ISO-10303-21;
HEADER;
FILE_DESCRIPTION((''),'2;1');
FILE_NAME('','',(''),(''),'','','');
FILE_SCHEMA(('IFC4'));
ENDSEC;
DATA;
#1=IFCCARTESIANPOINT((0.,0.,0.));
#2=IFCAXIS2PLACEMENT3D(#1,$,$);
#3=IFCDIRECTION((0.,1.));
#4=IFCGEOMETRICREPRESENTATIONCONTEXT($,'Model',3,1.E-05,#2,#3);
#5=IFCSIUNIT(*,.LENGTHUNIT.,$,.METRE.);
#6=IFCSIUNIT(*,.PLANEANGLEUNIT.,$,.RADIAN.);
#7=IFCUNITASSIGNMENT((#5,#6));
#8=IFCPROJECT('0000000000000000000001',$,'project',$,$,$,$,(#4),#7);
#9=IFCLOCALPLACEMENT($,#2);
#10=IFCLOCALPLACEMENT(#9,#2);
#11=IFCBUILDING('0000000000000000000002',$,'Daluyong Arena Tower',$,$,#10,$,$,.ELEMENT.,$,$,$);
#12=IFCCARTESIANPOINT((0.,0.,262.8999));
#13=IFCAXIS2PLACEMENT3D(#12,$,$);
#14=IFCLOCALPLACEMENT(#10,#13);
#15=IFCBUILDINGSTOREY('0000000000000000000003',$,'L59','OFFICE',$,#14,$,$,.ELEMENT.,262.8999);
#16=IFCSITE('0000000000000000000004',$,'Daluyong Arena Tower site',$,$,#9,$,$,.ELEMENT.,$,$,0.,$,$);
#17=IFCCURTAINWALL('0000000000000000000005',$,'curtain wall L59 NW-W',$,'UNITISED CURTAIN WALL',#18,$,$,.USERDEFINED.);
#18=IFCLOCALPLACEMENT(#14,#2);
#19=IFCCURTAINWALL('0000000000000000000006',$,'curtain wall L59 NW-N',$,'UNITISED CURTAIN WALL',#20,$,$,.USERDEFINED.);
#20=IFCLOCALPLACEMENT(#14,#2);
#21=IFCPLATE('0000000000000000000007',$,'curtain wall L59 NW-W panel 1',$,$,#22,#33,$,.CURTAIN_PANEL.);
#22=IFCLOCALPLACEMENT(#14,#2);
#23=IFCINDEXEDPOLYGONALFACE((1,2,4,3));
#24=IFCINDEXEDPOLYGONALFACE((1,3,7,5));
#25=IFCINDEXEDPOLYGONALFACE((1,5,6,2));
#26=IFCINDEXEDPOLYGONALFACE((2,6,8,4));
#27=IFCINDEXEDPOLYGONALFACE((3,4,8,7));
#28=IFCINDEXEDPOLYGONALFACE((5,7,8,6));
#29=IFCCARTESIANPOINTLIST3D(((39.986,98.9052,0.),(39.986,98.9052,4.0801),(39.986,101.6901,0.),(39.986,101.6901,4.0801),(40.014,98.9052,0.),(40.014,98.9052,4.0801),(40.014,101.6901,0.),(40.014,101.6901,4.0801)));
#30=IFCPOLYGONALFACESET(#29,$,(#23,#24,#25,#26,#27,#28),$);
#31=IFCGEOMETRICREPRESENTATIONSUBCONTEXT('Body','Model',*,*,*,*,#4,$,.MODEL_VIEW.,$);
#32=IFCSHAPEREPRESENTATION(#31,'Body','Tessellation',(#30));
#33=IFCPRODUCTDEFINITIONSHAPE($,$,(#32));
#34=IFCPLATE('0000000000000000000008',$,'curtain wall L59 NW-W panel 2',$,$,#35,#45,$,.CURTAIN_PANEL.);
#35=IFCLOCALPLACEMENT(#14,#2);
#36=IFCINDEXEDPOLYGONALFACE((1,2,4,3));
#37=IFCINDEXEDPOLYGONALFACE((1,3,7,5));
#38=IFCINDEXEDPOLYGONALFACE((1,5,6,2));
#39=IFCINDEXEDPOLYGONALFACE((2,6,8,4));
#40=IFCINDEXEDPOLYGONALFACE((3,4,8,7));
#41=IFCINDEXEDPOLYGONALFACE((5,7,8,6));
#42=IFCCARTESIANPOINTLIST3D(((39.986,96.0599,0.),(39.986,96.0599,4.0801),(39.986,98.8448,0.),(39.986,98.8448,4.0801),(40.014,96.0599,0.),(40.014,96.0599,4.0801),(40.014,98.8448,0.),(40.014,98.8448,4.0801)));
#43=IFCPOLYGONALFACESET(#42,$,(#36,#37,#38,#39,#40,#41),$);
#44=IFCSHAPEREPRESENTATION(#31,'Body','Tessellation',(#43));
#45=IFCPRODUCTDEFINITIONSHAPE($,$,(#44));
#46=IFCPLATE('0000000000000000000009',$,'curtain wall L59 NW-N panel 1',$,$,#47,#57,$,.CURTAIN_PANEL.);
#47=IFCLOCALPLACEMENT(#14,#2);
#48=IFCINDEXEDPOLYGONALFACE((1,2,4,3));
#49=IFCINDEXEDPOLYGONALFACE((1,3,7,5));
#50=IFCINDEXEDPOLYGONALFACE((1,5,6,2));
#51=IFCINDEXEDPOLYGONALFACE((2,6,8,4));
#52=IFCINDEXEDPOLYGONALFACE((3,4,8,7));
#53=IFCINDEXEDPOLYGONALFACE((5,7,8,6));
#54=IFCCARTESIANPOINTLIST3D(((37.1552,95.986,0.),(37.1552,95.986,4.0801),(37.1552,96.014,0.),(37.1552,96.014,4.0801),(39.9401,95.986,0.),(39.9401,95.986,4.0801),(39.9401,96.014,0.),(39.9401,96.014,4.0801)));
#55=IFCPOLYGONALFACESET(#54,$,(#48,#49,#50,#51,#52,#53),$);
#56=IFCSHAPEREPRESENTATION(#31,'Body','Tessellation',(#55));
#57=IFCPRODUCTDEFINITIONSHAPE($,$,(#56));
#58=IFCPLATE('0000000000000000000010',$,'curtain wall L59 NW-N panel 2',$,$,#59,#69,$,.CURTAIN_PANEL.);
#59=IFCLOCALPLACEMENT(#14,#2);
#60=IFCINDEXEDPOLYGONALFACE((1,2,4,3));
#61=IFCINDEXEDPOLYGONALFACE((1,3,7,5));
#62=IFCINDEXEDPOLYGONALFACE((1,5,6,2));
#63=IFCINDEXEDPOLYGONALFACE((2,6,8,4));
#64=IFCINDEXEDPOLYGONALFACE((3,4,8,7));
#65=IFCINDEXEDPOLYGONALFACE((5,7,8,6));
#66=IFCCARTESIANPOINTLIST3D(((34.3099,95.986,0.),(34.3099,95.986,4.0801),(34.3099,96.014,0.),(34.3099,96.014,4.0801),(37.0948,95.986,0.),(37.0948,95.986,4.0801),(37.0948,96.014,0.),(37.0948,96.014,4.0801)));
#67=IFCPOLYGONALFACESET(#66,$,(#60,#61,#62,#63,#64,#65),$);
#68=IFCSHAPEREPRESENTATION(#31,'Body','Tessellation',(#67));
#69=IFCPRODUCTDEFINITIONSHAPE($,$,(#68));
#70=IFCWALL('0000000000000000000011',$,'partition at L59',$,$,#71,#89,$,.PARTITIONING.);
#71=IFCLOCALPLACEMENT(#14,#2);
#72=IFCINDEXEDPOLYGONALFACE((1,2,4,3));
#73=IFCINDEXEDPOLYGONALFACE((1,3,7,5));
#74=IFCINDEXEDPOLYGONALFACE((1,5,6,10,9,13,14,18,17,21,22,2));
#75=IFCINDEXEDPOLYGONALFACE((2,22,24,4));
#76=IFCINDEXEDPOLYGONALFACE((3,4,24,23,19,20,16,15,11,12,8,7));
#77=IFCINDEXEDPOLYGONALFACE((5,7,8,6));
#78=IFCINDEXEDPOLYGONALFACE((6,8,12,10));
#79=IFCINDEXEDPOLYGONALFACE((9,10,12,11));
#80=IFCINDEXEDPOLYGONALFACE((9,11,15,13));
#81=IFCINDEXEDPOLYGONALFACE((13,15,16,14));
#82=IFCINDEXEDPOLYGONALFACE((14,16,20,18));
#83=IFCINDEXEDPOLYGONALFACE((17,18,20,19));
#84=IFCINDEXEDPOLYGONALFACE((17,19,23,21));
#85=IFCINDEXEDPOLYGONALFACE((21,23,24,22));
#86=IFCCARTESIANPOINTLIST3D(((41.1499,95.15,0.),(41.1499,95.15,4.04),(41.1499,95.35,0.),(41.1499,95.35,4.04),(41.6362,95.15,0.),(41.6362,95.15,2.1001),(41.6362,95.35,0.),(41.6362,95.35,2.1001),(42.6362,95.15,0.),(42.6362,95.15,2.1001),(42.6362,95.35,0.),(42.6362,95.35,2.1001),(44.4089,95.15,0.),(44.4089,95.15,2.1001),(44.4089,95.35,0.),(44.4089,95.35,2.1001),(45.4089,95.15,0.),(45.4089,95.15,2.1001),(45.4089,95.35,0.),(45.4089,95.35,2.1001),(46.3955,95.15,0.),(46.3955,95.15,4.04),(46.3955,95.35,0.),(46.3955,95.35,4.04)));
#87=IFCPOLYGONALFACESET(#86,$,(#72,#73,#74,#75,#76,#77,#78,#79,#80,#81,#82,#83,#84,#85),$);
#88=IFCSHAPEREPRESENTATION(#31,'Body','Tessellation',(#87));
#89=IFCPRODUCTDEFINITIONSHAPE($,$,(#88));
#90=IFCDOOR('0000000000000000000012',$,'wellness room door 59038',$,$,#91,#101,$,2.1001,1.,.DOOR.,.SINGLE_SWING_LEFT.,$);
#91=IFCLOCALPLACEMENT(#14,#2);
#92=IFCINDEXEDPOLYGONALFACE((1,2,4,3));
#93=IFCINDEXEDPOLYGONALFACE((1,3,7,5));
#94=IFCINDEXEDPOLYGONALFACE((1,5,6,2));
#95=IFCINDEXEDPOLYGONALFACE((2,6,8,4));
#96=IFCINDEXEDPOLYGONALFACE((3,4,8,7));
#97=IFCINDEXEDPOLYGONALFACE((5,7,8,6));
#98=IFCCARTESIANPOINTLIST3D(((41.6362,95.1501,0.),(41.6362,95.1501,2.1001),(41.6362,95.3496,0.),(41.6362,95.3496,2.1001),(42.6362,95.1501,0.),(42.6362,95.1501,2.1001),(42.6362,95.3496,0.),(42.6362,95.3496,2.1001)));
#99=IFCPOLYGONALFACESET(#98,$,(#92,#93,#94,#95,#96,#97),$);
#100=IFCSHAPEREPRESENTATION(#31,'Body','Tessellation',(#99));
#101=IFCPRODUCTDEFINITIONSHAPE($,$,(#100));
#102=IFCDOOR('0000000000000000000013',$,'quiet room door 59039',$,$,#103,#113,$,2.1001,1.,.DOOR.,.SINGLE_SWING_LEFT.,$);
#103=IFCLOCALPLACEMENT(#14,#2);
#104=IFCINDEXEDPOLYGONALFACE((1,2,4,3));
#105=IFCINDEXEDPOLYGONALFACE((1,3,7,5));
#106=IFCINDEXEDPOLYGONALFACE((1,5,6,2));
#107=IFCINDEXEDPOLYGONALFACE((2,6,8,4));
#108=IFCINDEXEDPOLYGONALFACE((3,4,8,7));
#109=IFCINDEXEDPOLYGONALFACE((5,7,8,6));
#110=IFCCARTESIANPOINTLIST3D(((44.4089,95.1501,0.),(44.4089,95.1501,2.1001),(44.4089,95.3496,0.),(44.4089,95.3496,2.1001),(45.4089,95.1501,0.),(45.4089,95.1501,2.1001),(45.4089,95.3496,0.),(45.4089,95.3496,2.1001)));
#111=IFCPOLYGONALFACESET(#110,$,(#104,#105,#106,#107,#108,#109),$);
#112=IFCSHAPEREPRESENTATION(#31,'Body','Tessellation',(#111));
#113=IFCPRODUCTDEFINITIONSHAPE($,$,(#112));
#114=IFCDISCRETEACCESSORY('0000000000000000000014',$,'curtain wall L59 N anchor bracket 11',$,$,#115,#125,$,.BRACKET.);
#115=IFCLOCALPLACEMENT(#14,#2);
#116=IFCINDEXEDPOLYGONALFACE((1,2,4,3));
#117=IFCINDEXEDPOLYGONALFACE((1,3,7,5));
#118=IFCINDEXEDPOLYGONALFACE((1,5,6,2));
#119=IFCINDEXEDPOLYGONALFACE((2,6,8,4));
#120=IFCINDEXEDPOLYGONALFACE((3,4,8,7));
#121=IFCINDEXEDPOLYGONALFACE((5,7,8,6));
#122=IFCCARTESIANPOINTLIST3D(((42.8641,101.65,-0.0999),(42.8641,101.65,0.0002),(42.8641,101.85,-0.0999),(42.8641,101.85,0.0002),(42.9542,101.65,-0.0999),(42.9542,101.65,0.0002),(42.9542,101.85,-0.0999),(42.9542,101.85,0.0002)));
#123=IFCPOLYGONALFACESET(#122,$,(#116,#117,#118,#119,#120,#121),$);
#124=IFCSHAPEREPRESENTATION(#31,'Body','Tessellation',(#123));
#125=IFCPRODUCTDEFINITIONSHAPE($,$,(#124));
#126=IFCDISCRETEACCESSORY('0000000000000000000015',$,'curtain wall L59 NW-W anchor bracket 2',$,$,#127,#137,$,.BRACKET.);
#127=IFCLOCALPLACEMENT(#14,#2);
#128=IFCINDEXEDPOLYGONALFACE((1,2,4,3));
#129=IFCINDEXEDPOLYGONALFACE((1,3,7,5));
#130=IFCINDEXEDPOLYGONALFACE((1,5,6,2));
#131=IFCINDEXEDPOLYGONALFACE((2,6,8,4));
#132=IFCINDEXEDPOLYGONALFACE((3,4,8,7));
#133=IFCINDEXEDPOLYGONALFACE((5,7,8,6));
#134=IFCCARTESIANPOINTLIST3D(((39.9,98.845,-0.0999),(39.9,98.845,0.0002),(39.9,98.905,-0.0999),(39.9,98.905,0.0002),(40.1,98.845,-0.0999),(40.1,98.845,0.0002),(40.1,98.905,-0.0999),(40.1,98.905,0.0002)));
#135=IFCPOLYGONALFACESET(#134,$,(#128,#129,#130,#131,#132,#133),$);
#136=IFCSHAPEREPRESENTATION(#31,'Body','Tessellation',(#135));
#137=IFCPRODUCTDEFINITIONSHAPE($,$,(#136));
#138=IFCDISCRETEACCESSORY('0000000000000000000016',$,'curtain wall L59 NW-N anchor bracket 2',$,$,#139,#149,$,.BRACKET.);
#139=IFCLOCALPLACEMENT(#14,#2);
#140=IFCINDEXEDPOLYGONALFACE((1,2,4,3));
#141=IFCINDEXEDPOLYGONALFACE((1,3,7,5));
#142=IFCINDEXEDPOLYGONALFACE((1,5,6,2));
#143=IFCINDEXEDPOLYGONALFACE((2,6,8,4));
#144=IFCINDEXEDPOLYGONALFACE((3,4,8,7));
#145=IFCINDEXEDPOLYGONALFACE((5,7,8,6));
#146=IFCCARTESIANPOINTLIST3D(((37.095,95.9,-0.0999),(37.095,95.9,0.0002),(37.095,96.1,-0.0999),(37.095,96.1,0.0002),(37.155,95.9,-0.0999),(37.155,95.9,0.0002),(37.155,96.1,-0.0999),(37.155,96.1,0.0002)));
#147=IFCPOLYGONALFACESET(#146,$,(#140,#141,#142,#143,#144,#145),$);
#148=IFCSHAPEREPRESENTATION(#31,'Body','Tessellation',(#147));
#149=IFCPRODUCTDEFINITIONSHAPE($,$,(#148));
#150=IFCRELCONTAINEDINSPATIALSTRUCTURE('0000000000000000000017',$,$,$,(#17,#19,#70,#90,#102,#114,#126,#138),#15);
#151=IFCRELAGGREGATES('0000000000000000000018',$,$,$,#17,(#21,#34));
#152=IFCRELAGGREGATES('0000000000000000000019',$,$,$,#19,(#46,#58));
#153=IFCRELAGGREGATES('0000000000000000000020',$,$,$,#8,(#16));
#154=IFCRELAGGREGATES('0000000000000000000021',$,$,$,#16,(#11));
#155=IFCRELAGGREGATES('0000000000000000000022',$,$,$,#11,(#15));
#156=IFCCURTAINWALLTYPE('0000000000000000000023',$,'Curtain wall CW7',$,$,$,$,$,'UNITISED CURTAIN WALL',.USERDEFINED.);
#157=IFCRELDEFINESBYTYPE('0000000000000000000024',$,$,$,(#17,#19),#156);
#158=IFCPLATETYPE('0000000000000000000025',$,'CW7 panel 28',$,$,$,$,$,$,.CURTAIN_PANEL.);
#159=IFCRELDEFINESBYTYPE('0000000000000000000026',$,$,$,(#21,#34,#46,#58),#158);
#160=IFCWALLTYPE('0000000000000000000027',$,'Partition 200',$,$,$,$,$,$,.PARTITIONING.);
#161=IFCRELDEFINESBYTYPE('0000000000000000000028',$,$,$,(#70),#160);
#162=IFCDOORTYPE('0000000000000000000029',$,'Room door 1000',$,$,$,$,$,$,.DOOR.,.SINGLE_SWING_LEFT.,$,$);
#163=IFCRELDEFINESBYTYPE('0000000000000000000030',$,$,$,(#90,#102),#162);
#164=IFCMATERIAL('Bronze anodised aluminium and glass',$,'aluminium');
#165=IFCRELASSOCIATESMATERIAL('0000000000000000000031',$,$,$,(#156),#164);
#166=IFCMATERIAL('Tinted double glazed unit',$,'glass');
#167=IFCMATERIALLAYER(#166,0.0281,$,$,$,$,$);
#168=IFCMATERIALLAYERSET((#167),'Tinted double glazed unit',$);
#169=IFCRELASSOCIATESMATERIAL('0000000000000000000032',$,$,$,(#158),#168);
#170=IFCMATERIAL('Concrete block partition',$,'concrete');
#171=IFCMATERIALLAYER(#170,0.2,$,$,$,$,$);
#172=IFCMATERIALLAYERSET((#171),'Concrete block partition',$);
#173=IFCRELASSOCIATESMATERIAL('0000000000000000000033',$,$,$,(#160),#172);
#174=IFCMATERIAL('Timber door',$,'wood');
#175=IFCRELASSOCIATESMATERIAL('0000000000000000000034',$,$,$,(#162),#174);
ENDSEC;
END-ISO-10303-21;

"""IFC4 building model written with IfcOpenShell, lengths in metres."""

from ifc_helpers import new_model, si_unit, direction, frame, frame_2d, origin, origin_2d, place, context, subcontext, project, spatial, rectangle, extrude, material, layer, layer_set, type_object, element, fill, aggregate, save


model = new_model("IFC4")

# Units and contexts
model_context = context("Model", 3, precision=1e-05, world=origin(), true_north=direction((0.0, 1.0)))
body_context = subcontext(model_context, "Body", "Model", "MODEL_VIEW")
ifc_project = project(units=[si_unit("LENGTHUNIT", "METRE"), si_unit("PLANEANGLEUNIT", "RADIAN")], contexts=[model_context])

# Site, building, storey
site_placement = place(None, origin())
site = spatial("IfcSite", under=ifc_project, at=site_placement, Name="Daluyong Arena Tower site", CompositionType="ELEMENT", RefElevation=0.0)
building_placement = place(site_placement, origin())
building = spatial("IfcBuilding", under=site, at=building_placement, Name="Daluyong Arena Tower", CompositionType="ELEMENT")
storey_placement = place(building_placement, frame((0.0, 0.0, 262.8999)))
storey = spatial("IfcBuildingStorey", under=building, at=storey_placement, Name="L59", Description="OFFICE", CompositionType="ELEMENT", Elevation=262.8999)

# Curtain walls
ifc_material_1 = material(Name="Bronze anodised aluminium and glass", Category="aluminium")
curtain_wall_type_1 = type_object("IfcCurtainWallType", Name="Curtain wall CW7", ElementType="UNITISED CURTAIN WALL", PredefinedType="USERDEFINED", material=ifc_material_1)
curtain_wall_1_placement = place(storey_placement, origin())
curtain_wall_1 = element("IfcCurtainWall", 1, at=curtain_wall_1_placement, inside=storey, type_object=curtain_wall_type_1, Name="curtain wall L59 NW-W", ObjectType="UNITISED CURTAIN WALL", PredefinedType="USERDEFINED")
curtain_wall_2_placement = place(storey_placement, origin())
curtain_wall_2 = element("IfcCurtainWall", 2, at=curtain_wall_2_placement, inside=storey, type_object=curtain_wall_type_1, Name="curtain wall L59 NW-N", ObjectType="UNITISED CURTAIN WALL", PredefinedType="USERDEFINED")

# Plates
ifc_material_2 = material(Name="Tinted double glazed unit", Category="glass")
ifc_layer_1 = layer(ifc_material_2, 0.0281)
ifc_layer_set_1 = layer_set([ifc_layer_1], Name="Tinted double glazed unit")
plate_type_1 = type_object("IfcPlateType", Name="CW7 panel 28", PredefinedType="CURTAIN_PANEL", material=ifc_layer_set_1)
plate_1_placement = place(storey_placement, frame((40.0, 100.2976, 0.0), z_axis=(0.0, 0.0, 1.0), x_axis=(0.0, -1.0, 0.0)))
plate_1 = element("IfcPlate", 3, at=plate_1_placement, type_object=plate_type_1, Name="curtain wall L59 NW-W panel 1", PredefinedType="CURTAIN_PANEL", context=body_context, shape_type="SweptSolid", body=[
    extrude(rectangle(XDim=2.7849, YDim=0.0281, at=origin_2d()), origin(), (0.0, 0.0, 1.0), 4.0801),
])
plate_2_placement = place(storey_placement, frame((40.0, 97.4524, 0.0), z_axis=(0.0, 0.0, 1.0), x_axis=(0.0, -1.0, 0.0)))
plate_2 = element("IfcPlate", 4, at=plate_2_placement, type_object=plate_type_1, Name="curtain wall L59 NW-W panel 2", PredefinedType="CURTAIN_PANEL", context=body_context, shape_type="SweptSolid", body=[
    extrude(rectangle(XDim=2.7849, YDim=0.0281, at=origin_2d()), origin(), (0.0, 0.0, 1.0), 4.0801),
])
aggregate(curtain_wall_1, [plate_1, plate_2])
plate_3_placement = place(storey_placement, frame((38.5476, 96.0, 0.0), z_axis=(0.0, 0.0, 1.0), x_axis=(-1.0, 0.0, 0.0)))
plate_3 = element("IfcPlate", 5, at=plate_3_placement, type_object=plate_type_1, Name="curtain wall L59 NW-N panel 1", PredefinedType="CURTAIN_PANEL", context=body_context, shape_type="SweptSolid", body=[
    extrude(rectangle(XDim=2.7849, YDim=0.0281, at=origin_2d()), origin(), (0.0, 0.0, 1.0), 4.0801),
])
plate_4_placement = place(storey_placement, frame((35.7024, 96.0, 0.0), z_axis=(0.0, 0.0, 1.0), x_axis=(-1.0, 0.0, 0.0)))
plate_4 = element("IfcPlate", 6, at=plate_4_placement, type_object=plate_type_1, Name="curtain wall L59 NW-N panel 2", PredefinedType="CURTAIN_PANEL", context=body_context, shape_type="SweptSolid", body=[
    extrude(rectangle(XDim=2.7849, YDim=0.0281, at=origin_2d()), origin(), (0.0, 0.0, 1.0), 4.0801),
])
aggregate(curtain_wall_2, [plate_3, plate_4])

# Wall, openings, doors
ifc_material_3 = material(Name="Concrete block partition", Category="concrete")
ifc_layer_2 = layer(ifc_material_3, 0.2)
ifc_layer_set_2 = layer_set([ifc_layer_2], Name="Concrete block partition")
wall_type = type_object("IfcWallType", Name="Partition 200", PredefinedType="PARTITIONING", material=ifc_layer_set_2)
wall_placement = place(storey_placement, frame((41.1499, 95.25, 0.0), z_axis=(0.0, 0.0, 1.0), x_axis=(1.0, 0.0, 0.0)))
wall = element("IfcWall", 7, at=wall_placement, inside=storey, type_object=wall_type, Name="partition at L59", PredefinedType="PARTITIONING", context=body_context, shape_type="SweptSolid", body=[
    extrude(rectangle(XDim=5.2456, YDim=0.2, at=frame_2d((2.6228, 0.0))), origin(), (0.0, 0.0, 1.0), 4.04),
])
opening_1_placement = place(wall_placement, frame((0.4863, 0.0, 0.0)))
opening_1 = element("IfcOpeningElement", 8, at=opening_1_placement, cuts=wall, PredefinedType="OPENING", context=body_context, shape_type="SweptSolid", body=[
    extrude(rectangle(XDim=1.0, YDim=2.1001, at=frame_2d((0.5, 1.05))), frame((0.0, 0.1099, 0.0), z_axis=(0.0, -1.0, 0.0), x_axis=(1.0, 0.0, 0.0)), (0.0, 0.0, 1.0), 0.22),
])
opening_2_placement = place(wall_placement, frame((3.259, 0.0, 0.0)))
opening_2 = element("IfcOpeningElement", 9, at=opening_2_placement, cuts=wall, PredefinedType="OPENING", context=body_context, shape_type="SweptSolid", body=[
    extrude(rectangle(XDim=1.0, YDim=2.1001, at=frame_2d((0.5, 1.05))), frame((0.0, 0.1099, 0.0), z_axis=(0.0, -1.0, 0.0), x_axis=(1.0, 0.0, 0.0)), (0.0, 0.0, 1.0), 0.22),
])
ifc_material_4 = material(Name="Timber door", Category="wood")
door_type = type_object("IfcDoorType", Name="Room door 1000", OperationType="SINGLE_SWING_LEFT", PredefinedType="DOOR", material=ifc_material_4)
door_1_placement = place(opening_1_placement, origin())
door_1 = element("IfcDoor", 10, at=door_1_placement, inside=storey, type_object=door_type, Name="wellness room door 59038", OperationType="SINGLE_SWING_LEFT", OverallHeight=2.1001, OverallWidth=1.0, PredefinedType="DOOR", context=body_context, shape_type="SweptSolid", body=[
    extrude(rectangle(XDim=1.0, YDim=2.1001, at=frame_2d((0.5, 1.05))), frame((0.0, 0.0996, 0.0), z_axis=(0.0, -1.0, 0.0), x_axis=(1.0, 0.0, 0.0)), (0.0, 0.0, 1.0), 0.1995),
])
fill(opening_1, door_1)
door_2_placement = place(opening_2_placement, origin())
door_2 = element("IfcDoor", 11, at=door_2_placement, inside=storey, type_object=door_type, Name="quiet room door 59039", OperationType="SINGLE_SWING_LEFT", OverallHeight=2.1001, OverallWidth=1.0, PredefinedType="DOOR", context=body_context, shape_type="SweptSolid", body=[
    extrude(rectangle(XDim=1.0, YDim=2.1001, at=frame_2d((0.5, 1.05))), frame((0.0, 0.0996, 0.0), z_axis=(0.0, -1.0, 0.0), x_axis=(1.0, 0.0, 0.0)), (0.0, 0.0, 1.0), 0.1995),
])
fill(opening_2, door_2)

# Discrete accessories
discrete_accessory_placement = place(storey_placement, frame((42.9092, 101.75, -0.0999), z_axis=(0.0, 0.0, 1.0), x_axis=(-1.0, 0.0, 0.0)))
element("IfcDiscreteAccessory", 12, at=discrete_accessory_placement, inside=storey, Name="curtain wall L59 N anchor bracket 11", PredefinedType="BRACKET", context=body_context, shape_type="SweptSolid", body=[
    extrude(rectangle(XDim=0.0901, YDim=0.2, at=origin_2d()), origin(), (0.0, 0.0, 1.0), 0.1001),
])
for number, where, z_axis, x_axis, name in (
    (13, (40.0, 98.875, -0.0999), (0.0, 0.0, 1.0), (0.0, -1.0, 0.0), "curtain wall L59 NW-W anchor bracket 2"),
    (14, (37.125, 96.0, -0.0999), (0.0, 0.0, 1.0), (-1.0, 0.0, 0.0), "curtain wall L59 NW-N anchor bracket 2"),
):
    element("IfcDiscreteAccessory", number, at=place(storey_placement, frame(where, z_axis=z_axis, x_axis=x_axis)), inside=storey, Name=name, PredefinedType="BRACKET", context=body_context, shape_type="SweptSolid", body=[
        extrude(rectangle(XDim=0.0601, YDim=0.2, at=origin_2d()), origin(), (0.0, 0.0, 1.0), 0.1001),
    ])

save(model, "model.ifc")
